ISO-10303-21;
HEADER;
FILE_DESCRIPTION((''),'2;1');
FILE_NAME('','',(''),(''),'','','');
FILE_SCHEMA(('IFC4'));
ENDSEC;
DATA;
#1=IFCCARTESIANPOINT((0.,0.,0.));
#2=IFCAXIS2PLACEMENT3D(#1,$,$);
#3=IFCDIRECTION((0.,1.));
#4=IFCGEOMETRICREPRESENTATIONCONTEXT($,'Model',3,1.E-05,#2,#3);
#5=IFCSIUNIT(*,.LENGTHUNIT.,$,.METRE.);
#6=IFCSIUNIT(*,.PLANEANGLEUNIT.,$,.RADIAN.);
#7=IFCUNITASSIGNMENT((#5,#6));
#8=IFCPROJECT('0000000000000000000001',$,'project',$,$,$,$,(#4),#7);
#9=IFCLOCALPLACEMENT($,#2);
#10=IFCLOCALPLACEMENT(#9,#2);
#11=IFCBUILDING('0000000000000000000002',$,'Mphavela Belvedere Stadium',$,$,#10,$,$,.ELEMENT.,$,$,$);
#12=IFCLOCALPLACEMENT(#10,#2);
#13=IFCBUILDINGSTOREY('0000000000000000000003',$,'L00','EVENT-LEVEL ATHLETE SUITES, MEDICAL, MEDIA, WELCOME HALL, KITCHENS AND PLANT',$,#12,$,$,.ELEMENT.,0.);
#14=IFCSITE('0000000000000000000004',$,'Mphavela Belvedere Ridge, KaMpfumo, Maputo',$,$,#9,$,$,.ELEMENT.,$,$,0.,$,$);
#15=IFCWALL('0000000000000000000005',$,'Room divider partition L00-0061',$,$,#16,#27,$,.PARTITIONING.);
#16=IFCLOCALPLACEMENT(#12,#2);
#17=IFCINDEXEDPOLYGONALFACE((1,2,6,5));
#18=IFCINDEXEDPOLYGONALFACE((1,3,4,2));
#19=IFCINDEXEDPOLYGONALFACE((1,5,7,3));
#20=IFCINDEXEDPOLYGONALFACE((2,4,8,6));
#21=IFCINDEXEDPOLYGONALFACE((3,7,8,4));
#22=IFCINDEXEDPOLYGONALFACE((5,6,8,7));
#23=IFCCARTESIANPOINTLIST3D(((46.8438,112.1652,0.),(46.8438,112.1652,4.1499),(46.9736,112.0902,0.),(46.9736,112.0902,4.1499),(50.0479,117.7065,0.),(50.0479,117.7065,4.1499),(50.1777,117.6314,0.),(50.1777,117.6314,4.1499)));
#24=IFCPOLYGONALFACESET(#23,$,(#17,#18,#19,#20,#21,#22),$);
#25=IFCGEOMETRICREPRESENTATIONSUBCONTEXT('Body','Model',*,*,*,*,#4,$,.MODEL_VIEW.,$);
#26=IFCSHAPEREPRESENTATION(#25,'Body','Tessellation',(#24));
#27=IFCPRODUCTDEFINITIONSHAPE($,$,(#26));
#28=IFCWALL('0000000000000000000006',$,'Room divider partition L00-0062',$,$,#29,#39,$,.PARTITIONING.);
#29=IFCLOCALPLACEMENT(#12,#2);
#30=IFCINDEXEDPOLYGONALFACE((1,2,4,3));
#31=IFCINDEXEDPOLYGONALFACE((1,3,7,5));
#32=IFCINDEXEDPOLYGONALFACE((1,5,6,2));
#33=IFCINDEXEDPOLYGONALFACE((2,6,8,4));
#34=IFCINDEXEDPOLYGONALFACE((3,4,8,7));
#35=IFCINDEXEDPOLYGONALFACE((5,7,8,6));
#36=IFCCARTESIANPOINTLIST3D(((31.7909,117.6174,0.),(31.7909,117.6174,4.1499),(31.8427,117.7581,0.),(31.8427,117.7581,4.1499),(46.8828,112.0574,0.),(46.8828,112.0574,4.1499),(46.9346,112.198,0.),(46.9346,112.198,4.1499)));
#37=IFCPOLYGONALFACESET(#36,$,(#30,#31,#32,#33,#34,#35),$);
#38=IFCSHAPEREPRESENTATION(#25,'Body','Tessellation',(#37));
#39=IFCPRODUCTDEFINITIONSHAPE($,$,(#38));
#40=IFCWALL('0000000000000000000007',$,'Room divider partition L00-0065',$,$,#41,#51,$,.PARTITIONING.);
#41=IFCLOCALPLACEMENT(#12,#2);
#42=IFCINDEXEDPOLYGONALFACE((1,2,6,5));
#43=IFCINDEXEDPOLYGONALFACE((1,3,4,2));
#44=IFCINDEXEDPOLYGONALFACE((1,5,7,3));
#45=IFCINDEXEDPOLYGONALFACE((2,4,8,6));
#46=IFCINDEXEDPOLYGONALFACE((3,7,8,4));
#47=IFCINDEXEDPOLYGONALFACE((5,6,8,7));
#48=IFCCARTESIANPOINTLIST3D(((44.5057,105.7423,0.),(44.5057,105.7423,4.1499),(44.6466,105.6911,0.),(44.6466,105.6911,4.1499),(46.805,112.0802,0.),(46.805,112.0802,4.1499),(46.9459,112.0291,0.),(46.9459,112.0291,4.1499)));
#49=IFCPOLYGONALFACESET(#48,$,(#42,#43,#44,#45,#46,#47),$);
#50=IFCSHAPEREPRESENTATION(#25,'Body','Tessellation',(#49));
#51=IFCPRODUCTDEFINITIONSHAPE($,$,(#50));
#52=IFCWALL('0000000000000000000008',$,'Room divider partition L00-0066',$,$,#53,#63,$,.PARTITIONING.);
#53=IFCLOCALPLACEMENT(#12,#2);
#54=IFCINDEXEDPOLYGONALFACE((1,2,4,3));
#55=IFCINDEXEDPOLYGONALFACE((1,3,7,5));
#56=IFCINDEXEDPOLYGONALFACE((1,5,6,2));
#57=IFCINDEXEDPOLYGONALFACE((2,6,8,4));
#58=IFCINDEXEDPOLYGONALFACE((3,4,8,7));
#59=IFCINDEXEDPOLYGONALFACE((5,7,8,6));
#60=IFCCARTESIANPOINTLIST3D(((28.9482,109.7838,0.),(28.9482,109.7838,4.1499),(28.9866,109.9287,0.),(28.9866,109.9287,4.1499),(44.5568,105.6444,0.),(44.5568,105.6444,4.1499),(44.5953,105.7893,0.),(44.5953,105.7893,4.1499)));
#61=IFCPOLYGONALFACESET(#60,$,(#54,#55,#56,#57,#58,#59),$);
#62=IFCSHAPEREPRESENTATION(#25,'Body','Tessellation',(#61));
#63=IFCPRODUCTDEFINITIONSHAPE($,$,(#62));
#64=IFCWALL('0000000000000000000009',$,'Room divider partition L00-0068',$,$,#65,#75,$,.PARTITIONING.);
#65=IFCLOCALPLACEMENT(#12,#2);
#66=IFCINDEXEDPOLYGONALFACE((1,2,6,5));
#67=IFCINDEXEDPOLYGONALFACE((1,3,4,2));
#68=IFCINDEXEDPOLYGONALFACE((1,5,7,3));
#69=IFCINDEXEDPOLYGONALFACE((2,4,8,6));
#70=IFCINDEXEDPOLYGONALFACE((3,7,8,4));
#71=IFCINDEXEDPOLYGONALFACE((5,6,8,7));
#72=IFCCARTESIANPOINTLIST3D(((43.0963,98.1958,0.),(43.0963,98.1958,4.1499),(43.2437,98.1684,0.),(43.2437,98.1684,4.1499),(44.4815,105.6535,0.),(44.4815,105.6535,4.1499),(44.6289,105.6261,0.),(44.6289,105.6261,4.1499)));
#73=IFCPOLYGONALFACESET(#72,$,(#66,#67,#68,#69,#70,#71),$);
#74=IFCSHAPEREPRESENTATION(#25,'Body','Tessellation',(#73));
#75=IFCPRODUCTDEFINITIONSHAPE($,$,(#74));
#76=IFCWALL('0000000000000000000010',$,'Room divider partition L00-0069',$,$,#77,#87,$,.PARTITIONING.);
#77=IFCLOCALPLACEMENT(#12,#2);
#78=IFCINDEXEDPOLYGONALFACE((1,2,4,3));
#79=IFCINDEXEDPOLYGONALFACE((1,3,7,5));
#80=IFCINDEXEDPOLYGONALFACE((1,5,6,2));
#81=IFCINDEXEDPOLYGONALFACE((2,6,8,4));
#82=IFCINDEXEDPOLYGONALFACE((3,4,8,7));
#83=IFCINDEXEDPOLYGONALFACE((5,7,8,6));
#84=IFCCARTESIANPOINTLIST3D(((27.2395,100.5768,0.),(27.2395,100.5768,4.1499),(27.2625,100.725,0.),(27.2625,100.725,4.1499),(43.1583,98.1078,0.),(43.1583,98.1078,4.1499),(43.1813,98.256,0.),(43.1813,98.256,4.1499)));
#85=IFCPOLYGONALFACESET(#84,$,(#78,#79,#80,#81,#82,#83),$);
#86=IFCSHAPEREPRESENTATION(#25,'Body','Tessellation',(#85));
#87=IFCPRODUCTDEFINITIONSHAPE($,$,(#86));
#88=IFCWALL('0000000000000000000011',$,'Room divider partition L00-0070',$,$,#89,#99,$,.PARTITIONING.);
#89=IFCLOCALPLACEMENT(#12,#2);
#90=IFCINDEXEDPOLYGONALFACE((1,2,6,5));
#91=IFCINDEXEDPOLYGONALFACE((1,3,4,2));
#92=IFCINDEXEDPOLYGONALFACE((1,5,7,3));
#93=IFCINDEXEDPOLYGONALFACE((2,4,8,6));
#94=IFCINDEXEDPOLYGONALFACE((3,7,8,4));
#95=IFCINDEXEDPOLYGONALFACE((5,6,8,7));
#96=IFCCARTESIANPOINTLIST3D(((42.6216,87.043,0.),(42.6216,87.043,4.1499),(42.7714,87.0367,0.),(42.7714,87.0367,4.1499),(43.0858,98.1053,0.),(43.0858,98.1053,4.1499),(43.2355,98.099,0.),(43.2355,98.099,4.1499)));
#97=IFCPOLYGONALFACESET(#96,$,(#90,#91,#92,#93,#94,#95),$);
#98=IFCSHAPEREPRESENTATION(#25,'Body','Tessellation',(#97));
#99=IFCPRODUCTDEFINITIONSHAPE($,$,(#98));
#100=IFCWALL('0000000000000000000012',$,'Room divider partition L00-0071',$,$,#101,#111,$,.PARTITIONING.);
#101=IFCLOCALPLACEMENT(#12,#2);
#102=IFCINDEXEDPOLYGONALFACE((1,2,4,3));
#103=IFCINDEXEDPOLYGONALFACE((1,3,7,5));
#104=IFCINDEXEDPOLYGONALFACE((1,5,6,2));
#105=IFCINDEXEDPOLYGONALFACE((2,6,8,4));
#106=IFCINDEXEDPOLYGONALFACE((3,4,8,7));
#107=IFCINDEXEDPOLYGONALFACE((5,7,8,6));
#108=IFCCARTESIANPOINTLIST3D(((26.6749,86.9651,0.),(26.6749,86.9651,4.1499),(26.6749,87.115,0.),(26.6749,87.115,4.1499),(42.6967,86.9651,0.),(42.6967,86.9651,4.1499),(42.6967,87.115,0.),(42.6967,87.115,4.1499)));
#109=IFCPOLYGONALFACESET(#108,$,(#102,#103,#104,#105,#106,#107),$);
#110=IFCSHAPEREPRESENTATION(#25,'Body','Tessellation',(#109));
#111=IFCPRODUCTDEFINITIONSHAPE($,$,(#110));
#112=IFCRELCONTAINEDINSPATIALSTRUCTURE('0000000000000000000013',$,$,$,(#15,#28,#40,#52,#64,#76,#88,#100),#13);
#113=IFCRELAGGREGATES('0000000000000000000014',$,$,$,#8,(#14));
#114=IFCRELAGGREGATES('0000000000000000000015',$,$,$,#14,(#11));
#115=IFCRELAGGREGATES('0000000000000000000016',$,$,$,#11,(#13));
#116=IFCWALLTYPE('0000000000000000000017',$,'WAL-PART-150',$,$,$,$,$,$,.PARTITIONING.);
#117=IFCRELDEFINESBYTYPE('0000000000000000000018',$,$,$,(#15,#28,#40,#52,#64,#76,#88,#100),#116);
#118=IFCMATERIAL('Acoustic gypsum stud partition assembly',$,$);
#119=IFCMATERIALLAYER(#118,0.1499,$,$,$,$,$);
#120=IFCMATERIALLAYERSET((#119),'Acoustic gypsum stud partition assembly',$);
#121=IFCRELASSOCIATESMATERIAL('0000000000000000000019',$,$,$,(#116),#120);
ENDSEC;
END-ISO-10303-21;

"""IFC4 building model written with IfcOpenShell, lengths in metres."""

from ifc_helpers import new_model, si_unit, direction, frame, frame_2d, origin, place, context, subcontext, project, spatial, rectangle, extrude, material, layer, layer_set, type_object, element, save


model = new_model("IFC4")

# Units and contexts
model_context = context("Model", 3, precision=1e-05, world=origin(), true_north=direction((0.0, 1.0)))
body_context = subcontext(model_context, "Body", "Model", "MODEL_VIEW")
ifc_project = project(units=[si_unit("LENGTHUNIT", "METRE"), si_unit("PLANEANGLEUNIT", "RADIAN")], contexts=[model_context])

# Site, building, storey
site_placement = place(None, origin())
site = spatial("IfcSite", under=ifc_project, at=site_placement, Name="Mphavela Belvedere Ridge, KaMpfumo, Maputo", CompositionType="ELEMENT", RefElevation=0.0)
building_placement = place(site_placement, origin())
building = spatial("IfcBuilding", under=site, at=building_placement, Name="Mphavela Belvedere Stadium", CompositionType="ELEMENT")
storey_placement = place(building_placement, origin())
storey = spatial("IfcBuildingStorey", under=building, at=storey_placement, Name="L00", Description="EVENT-LEVEL ATHLETE SUITES, MEDICAL, MEDIA, WELCOME HALL, KITCHENS AND PLANT", CompositionType="ELEMENT", Elevation=0.0)

# Walls
ifc_material_1 = material(Name="Acoustic gypsum stud partition assembly")
ifc_layer = layer(ifc_material_1, 0.1499)
ifc_layer_set = layer_set([ifc_layer], Name="Acoustic gypsum stud partition assembly")
wall_type = type_object("IfcWallType", Name="WAL-PART-150", PredefinedType="PARTITIONING", material=ifc_layer_set)
wall_1_placement = place(storey_placement, frame((50.1128, 117.6689, 0.0), z_axis=(0.0, 0.0, 1.0), x_axis=(-0.500569, -0.865697, 0.0)))
element("IfcWall", 1, at=wall_1_placement, inside=storey, type_object=wall_type, Name="Room divider partition L00-0061", PredefinedType="PARTITIONING", context=body_context, shape_type="SweptSolid", body=[
    extrude(rectangle(XDim=6.4009, YDim=0.1499, at=frame_2d((3.2004, 0.0))), origin(), (0.0, 0.0, 1.0), 4.1499),
])
wall_2_placement = place(storey_placement, frame((46.9087, 112.1277, 0.0), z_axis=(0.0, 0.0, 1.0), x_axis=(-0.938345, 0.345701, 0.0)))
element("IfcWall", 2, at=wall_2_placement, inside=storey, type_object=wall_type, Name="Room divider partition L00-0062", PredefinedType="PARTITIONING", context=body_context, shape_type="SweptSolid", body=[
    extrude(rectangle(XDim=16.0835, YDim=0.1499, at=frame_2d((8.0417, 0.0))), origin(), (0.0, 0.0, 1.0), 4.1499),
])
wall_3_placement = place(storey_placement, frame((46.8755, 112.0547, 0.0), z_axis=(0.0, 0.0, 1.0), x_axis=(-0.341039, -0.940049, 0.0)))
element("IfcWall", 3, at=wall_3_placement, inside=storey, type_object=wall_type, Name="Room divider partition L00-0065", PredefinedType="PARTITIONING", context=body_context, shape_type="SweptSolid", body=[
    extrude(rectangle(XDim=6.7422, YDim=0.1499, at=frame_2d((3.3711, 0.0))), origin(), (0.0, 0.0, 1.0), 4.1499),
])
wall_4_placement = place(storey_placement, frame((44.5762, 105.7168, 0.0), z_axis=(0.0, 0.0, 1.0), x_axis=(-0.966587, 0.256338, 0.0)))
element("IfcWall", 4, at=wall_4_placement, inside=storey, type_object=wall_type, Name="Room divider partition L00-0066", PredefinedType="PARTITIONING", context=body_context, shape_type="SweptSolid", body=[
    extrude(rectangle(XDim=16.1482, YDim=0.1499, at=frame_2d((8.0742, 0.0))), origin(), (0.0, 0.0, 1.0), 4.1499),
])
wall_5_placement = place(storey_placement, frame((44.5552, 105.6396, 0.0), z_axis=(0.0, 0.0, 1.0), x_axis=(-0.182623, -0.983183, 0.0)))
element("IfcWall", 5, at=wall_5_placement, inside=storey, type_object=wall_type, Name="Room divider partition L00-0068", PredefinedType="PARTITIONING", context=body_context, shape_type="SweptSolid", body=[
    extrude(rectangle(XDim=7.5852, YDim=0.1499, at=frame_2d((3.7925, 0.0))), origin(), (0.0, 0.0, 1.0), 4.1499),
])
wall_6_placement = place(storey_placement, frame((43.1699, 98.1819, 0.0), z_axis=(0.0, 0.0, 1.0), x_axis=(-0.988185, 0.153268, 0.0)))
element("IfcWall", 6, at=wall_6_placement, inside=storey, type_object=wall_type, Name="Room divider partition L00-0069", PredefinedType="PARTITIONING", context=body_context, shape_type="SweptSolid", body=[
    extrude(rectangle(XDim=16.1091, YDim=0.1499, at=frame_2d((8.0547, 0.0))), origin(), (0.0, 0.0, 1.0), 4.1499),
])
wall_7_placement = place(storey_placement, frame((43.1606, 98.1023, 0.0), z_axis=(0.0, 0.0, 1.0), x_axis=(-0.041918, -0.999121, 0.0)))
element("IfcWall", 7, at=wall_7_placement, inside=storey, type_object=wall_type, Name="Room divider partition L00-0070", PredefinedType="PARTITIONING", context=body_context, shape_type="SweptSolid", body=[
    extrude(rectangle(XDim=11.072, YDim=0.1499, at=frame_2d((5.5361, 0.0))), origin(), (0.0, 0.0, 1.0), 4.1499),
])
wall_8_placement = place(storey_placement, frame((42.6965, 87.04, 0.0), z_axis=(0.0, 0.0, 1.0), x_axis=(-1.0, 0.0, 0.0)))
element("IfcWall", 8, at=wall_8_placement, inside=storey, type_object=wall_type, Name="Room divider partition L00-0071", PredefinedType="PARTITIONING", context=body_context, shape_type="SweptSolid", body=[
    extrude(rectangle(XDim=16.0217, YDim=0.1499, at=frame_2d((8.0107, 0.0))), origin(), (0.0, 0.0, 1.0), 4.1499),
])

save(model, "model.ifc")
